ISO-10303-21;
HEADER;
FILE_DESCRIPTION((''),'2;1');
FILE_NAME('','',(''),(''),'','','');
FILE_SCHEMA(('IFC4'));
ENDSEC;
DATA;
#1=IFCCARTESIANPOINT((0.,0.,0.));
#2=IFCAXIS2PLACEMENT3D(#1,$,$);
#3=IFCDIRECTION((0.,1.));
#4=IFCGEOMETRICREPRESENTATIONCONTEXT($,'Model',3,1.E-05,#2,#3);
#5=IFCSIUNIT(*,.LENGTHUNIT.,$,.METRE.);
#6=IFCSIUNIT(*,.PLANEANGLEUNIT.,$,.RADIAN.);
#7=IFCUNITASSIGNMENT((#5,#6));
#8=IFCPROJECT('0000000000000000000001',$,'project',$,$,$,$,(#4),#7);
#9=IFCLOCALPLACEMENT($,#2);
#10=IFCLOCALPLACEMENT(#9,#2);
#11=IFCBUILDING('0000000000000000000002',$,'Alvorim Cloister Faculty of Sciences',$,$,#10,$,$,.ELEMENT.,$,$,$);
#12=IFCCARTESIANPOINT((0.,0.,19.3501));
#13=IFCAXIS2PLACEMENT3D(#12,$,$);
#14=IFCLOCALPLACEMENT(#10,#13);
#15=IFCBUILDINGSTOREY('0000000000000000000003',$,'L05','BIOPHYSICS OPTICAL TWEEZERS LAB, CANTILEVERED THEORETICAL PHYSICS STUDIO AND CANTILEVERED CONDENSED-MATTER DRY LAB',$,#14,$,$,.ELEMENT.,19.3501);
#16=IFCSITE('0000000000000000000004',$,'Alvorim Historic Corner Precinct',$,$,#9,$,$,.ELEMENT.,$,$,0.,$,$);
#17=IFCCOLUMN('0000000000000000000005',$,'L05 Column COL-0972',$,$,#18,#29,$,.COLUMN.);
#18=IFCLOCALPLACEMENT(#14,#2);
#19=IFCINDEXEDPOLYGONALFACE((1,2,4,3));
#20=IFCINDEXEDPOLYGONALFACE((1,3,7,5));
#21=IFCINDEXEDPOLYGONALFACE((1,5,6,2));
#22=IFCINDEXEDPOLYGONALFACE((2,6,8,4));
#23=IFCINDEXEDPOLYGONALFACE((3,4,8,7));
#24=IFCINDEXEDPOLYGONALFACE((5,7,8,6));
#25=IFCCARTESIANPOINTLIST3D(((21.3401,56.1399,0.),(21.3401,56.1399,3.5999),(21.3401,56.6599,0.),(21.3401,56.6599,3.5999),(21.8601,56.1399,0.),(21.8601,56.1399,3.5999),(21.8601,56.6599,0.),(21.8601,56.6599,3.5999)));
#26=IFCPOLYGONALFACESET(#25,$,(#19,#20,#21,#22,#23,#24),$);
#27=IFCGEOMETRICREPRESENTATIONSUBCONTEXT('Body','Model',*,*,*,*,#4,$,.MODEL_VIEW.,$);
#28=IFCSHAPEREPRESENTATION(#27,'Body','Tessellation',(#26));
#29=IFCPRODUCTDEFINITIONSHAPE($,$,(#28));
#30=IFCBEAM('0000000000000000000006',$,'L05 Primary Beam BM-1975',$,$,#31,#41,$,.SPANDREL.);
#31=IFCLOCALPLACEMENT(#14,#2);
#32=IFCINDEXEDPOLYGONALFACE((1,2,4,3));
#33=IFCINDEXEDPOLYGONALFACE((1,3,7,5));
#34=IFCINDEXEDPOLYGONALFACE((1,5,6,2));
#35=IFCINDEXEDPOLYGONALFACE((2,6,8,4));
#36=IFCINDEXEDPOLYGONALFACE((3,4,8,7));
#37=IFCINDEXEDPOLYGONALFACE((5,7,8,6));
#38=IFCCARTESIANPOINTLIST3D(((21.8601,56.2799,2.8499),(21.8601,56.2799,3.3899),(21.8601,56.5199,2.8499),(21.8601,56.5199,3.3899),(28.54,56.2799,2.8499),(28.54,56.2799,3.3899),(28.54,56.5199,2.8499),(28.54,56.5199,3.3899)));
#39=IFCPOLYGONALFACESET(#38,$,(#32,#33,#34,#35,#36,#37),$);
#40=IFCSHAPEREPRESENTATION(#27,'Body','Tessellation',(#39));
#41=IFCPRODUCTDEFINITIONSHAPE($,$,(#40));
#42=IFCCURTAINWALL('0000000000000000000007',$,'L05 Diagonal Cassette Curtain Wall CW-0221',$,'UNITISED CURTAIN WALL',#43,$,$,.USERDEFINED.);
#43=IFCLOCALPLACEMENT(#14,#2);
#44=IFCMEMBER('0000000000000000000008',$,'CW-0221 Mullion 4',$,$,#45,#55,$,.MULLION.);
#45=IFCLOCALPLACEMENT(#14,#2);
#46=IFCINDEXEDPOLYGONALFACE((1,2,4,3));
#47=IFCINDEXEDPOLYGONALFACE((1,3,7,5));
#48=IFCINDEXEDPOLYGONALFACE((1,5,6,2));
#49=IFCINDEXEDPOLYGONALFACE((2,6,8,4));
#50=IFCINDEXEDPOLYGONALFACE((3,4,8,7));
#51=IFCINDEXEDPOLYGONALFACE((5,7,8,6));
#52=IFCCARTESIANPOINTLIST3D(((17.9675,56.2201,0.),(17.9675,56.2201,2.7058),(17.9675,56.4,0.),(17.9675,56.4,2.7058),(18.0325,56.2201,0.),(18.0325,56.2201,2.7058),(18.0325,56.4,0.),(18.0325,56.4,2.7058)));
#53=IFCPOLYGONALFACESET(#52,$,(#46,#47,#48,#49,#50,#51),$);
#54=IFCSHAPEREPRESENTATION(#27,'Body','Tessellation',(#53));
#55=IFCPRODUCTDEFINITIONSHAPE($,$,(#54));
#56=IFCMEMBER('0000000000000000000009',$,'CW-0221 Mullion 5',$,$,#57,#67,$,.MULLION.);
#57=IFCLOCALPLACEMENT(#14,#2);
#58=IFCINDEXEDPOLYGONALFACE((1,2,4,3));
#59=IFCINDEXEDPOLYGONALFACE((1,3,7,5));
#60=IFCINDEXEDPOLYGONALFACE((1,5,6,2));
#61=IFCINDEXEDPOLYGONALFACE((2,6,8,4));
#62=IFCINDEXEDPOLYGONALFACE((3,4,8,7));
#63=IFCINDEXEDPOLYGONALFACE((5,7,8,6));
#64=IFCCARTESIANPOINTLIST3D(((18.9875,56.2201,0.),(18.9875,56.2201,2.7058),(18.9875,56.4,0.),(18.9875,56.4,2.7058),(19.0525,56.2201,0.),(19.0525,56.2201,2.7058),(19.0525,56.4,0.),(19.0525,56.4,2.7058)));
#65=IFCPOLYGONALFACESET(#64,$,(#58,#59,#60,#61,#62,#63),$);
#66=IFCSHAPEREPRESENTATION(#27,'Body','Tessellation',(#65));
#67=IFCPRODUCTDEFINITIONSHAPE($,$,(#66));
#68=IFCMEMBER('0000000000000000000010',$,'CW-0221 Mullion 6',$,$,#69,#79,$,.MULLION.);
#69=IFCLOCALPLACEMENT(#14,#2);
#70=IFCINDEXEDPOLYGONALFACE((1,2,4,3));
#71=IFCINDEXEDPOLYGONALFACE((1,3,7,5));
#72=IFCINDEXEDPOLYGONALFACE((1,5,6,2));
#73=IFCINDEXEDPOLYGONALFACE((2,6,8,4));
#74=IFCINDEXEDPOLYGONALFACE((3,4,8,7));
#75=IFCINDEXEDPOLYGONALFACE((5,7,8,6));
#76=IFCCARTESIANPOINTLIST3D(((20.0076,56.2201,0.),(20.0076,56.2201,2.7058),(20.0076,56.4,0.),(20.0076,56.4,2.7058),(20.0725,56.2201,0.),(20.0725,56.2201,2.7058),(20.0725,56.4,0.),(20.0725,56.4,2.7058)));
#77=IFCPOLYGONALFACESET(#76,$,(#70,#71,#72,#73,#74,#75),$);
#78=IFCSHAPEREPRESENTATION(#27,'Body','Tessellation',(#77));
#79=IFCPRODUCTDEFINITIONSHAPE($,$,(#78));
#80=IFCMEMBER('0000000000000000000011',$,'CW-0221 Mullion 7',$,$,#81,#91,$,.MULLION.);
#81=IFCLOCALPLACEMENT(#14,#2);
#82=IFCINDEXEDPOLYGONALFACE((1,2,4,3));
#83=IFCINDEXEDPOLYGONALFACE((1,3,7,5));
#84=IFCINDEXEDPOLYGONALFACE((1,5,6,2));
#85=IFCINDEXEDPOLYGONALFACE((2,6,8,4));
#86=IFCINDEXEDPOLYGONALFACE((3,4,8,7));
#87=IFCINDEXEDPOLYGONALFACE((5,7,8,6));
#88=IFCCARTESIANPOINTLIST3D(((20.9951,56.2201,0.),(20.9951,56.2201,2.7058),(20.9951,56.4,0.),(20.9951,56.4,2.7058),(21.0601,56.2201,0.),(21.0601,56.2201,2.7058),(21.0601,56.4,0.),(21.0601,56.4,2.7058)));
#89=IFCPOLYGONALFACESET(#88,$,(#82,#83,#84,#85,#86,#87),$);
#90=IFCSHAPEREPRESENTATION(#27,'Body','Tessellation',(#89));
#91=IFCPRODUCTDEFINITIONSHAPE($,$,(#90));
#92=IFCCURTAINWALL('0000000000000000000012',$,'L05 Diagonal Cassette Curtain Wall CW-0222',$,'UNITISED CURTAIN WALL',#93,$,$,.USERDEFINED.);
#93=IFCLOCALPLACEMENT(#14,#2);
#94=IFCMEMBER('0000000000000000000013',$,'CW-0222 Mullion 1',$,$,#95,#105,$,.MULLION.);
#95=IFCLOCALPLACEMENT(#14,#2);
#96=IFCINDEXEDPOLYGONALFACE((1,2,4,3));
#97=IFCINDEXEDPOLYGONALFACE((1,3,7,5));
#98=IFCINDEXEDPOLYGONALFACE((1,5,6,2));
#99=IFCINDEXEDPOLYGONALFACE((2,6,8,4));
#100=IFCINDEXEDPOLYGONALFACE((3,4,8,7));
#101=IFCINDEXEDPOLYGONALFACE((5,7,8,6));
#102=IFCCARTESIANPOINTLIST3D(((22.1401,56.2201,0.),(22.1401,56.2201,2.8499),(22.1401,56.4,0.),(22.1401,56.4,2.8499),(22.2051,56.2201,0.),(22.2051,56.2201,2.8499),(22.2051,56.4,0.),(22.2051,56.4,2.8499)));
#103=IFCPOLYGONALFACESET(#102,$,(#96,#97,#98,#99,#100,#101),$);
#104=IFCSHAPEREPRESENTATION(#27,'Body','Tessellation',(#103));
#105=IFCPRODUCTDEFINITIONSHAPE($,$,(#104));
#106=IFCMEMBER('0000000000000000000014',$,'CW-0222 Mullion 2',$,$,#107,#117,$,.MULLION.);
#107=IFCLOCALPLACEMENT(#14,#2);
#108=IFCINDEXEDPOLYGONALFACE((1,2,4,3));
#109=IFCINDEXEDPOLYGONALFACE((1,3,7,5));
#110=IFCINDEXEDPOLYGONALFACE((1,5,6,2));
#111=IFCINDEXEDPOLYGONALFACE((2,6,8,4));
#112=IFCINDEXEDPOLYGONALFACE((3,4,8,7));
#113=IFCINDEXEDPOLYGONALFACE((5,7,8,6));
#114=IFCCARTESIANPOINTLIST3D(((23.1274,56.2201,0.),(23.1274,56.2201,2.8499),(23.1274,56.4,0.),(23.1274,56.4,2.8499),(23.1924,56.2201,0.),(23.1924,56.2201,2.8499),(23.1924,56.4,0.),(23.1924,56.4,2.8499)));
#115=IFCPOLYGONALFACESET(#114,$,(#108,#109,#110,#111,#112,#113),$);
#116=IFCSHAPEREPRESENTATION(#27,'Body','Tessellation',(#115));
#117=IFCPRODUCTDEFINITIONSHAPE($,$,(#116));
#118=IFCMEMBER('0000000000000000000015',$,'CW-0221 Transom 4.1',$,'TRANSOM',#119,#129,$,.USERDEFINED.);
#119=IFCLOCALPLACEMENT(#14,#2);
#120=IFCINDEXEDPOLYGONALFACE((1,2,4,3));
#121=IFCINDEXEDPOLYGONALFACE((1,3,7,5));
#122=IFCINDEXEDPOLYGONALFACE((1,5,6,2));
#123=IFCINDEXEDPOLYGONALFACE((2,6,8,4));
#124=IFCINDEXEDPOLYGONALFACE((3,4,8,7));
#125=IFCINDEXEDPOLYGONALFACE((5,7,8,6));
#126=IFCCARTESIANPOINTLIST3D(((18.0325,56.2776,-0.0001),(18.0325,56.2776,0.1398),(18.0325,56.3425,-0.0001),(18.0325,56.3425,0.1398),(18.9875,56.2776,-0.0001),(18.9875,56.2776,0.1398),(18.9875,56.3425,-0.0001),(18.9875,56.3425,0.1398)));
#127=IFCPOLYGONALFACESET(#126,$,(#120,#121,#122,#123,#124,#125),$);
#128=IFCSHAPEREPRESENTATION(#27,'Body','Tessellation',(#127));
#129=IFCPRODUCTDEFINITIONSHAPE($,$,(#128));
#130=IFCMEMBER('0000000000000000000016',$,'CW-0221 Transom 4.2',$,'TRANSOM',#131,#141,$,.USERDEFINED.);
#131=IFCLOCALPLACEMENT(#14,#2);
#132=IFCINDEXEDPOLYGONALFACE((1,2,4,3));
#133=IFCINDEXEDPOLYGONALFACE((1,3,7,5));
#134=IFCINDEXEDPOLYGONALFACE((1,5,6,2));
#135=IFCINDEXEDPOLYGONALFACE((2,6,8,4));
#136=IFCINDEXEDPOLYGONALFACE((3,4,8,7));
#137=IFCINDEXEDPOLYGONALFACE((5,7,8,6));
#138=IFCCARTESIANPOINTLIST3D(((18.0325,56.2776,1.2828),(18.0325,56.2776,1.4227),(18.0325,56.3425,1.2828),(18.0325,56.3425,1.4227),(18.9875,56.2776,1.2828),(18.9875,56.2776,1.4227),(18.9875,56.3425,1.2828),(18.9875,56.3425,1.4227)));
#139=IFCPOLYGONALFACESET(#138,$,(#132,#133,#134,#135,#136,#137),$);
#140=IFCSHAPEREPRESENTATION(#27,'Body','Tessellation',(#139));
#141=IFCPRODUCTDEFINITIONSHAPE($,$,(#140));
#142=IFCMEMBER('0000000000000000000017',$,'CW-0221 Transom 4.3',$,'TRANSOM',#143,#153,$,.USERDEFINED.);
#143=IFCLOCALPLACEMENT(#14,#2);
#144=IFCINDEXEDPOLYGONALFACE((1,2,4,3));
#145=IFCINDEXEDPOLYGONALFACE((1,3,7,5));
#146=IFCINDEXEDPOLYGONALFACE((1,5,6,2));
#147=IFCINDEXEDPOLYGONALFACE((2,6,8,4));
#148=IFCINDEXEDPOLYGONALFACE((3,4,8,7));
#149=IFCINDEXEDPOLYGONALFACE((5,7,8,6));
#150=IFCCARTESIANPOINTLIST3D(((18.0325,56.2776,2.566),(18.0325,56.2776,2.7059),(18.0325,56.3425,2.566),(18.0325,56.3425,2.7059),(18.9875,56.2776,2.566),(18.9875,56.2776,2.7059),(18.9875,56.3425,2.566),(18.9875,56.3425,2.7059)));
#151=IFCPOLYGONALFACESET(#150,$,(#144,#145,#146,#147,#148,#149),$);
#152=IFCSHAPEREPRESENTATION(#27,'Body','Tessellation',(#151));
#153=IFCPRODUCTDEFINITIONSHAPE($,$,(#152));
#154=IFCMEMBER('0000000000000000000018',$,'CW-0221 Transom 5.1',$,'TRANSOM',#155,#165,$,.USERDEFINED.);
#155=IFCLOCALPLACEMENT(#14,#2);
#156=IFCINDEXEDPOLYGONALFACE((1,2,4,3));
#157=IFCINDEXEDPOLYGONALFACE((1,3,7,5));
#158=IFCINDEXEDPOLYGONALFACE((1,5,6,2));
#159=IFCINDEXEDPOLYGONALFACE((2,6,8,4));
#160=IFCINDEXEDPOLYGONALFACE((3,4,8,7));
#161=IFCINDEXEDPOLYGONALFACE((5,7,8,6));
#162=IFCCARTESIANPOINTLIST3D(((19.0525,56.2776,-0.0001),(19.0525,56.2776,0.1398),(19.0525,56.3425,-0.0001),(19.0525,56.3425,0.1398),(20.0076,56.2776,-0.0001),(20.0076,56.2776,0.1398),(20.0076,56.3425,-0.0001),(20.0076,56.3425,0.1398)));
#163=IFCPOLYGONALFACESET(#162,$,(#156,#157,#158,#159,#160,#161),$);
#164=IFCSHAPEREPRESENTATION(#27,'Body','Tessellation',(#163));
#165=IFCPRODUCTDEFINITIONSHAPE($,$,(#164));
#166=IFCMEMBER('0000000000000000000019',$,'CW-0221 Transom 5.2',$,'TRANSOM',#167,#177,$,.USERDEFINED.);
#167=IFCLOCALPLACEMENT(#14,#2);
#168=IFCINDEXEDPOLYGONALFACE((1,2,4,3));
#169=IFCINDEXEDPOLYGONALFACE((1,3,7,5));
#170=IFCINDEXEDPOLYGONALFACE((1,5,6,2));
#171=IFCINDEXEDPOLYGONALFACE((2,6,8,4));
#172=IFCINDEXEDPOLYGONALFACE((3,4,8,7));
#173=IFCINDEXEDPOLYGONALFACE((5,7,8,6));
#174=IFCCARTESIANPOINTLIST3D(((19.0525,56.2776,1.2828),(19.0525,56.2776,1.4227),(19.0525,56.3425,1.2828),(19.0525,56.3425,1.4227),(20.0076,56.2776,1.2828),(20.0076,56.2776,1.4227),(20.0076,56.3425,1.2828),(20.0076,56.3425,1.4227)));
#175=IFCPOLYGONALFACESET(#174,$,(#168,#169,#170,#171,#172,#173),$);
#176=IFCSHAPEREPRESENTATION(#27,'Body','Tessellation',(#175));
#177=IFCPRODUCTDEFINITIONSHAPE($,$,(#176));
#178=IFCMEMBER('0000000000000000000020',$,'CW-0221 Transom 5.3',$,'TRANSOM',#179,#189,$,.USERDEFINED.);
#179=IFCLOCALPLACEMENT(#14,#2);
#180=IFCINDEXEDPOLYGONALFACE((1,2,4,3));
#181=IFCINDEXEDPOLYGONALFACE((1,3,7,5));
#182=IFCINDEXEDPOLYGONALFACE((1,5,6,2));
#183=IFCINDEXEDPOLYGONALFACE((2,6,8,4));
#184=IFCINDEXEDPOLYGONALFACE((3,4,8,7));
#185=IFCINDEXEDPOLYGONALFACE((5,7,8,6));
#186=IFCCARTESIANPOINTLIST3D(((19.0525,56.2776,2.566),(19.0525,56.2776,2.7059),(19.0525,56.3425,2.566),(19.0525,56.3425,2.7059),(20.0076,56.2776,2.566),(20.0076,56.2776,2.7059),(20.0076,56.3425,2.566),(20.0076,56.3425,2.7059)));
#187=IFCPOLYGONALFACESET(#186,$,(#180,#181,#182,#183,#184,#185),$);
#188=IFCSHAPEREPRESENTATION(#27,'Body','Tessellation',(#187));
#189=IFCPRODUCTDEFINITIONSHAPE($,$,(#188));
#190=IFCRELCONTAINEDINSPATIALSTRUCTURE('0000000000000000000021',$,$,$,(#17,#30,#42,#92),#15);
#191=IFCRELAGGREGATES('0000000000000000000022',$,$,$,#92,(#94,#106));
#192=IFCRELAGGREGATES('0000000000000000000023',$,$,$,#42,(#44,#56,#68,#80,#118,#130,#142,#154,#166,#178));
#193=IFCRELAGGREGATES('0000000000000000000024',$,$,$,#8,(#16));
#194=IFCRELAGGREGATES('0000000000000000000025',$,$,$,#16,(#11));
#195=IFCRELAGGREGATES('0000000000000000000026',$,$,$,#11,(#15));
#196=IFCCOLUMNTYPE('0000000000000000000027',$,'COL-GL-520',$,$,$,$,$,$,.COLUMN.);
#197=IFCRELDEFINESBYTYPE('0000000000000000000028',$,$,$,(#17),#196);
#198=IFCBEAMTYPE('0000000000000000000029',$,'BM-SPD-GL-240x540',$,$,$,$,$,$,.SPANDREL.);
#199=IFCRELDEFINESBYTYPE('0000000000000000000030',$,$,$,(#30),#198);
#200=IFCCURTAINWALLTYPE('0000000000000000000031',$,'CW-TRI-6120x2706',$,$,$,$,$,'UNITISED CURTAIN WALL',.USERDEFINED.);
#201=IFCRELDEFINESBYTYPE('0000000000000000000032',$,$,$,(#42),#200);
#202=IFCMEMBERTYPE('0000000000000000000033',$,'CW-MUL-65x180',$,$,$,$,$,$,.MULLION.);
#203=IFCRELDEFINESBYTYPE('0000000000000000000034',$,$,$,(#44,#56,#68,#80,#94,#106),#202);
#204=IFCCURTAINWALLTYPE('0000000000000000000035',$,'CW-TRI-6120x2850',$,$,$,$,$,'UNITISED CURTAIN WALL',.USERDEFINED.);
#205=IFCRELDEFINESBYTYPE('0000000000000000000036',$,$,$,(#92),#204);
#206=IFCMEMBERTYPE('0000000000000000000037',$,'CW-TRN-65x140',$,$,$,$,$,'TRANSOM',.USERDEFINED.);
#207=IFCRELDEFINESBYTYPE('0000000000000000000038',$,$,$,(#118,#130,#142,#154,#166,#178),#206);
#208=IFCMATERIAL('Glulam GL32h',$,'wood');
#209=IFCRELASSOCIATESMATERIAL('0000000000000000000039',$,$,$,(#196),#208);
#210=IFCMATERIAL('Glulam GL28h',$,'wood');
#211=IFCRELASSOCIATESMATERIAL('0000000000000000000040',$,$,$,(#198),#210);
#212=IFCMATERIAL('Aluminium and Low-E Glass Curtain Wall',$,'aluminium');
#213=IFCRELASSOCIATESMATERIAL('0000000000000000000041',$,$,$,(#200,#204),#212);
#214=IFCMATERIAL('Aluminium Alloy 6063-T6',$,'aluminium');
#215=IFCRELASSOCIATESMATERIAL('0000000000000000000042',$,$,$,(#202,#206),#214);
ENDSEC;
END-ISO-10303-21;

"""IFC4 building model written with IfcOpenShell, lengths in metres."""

from ifc_helpers import new_model, si_unit, direction, frame, origin, origin_2d, place, context, subcontext, project, spatial, rectangle, extrude, material, material_profile, profile_set, type_object, element, aggregate, save


model = new_model("IFC4")

# Units and contexts
model_context = context("Model", 3, precision=1e-05, world=origin(), true_north=direction((0.0, 1.0)))
body_context = subcontext(model_context, "Body", "Model", "MODEL_VIEW")
ifc_project = project(units=[si_unit("LENGTHUNIT", "METRE"), si_unit("PLANEANGLEUNIT", "RADIAN")], contexts=[model_context])

# Site, building, storey
site_placement = place(None, origin())
site = spatial("IfcSite", under=ifc_project, at=site_placement, Name="Alvorim Historic Corner Precinct", CompositionType="ELEMENT", RefElevation=0.0)
building_placement = place(site_placement, origin())
building = spatial("IfcBuilding", under=site, at=building_placement, Name="Alvorim Cloister Faculty of Sciences", CompositionType="ELEMENT")
storey_placement = place(building_placement, frame((0.0, 0.0, 19.3501)))
storey = spatial("IfcBuildingStorey", under=building, at=storey_placement, Name="L05", Description="BIOPHYSICS OPTICAL TWEEZERS LAB, CANTILEVERED THEORETICAL PHYSICS STUDIO AND CANTILEVERED CONDENSED-MATTER DRY LAB", CompositionType="ELEMENT", Elevation=19.3501)

# Column
ifc_material_1 = material(Name="Glulam GL32h", Category="wood")
ifc_material_profile_1 = material_profile(ifc_material_1, rectangle(XDim=0.52, YDim=0.52, at=origin_2d()), Name="GL32-COL-520x520")
ifc_profile_set_1 = profile_set([ifc_material_profile_1], Name="Glulam GL32h")
column_type = type_object("IfcColumnType", Name="COL-GL-520", PredefinedType="COLUMN", material=ifc_profile_set_1)
column_placement = place(storey_placement, frame((21.6001, 56.3999, 0.0), z_axis=(0.0, 0.0, 1.0), x_axis=(1.0, 0.0, 0.0)))
element("IfcColumn", 1, at=column_placement, inside=storey, type_object=column_type, Name="L05 Column COL-0972", PredefinedType="COLUMN", context=body_context, shape_type="SweptSolid", body=[
    extrude(rectangle(XDim=0.52, YDim=0.52, at=origin_2d()), origin(), (0.0, 0.0, 1.0), 3.5999),
])

# Beam
ifc_material_2 = material(Name="Glulam GL28h", Category="wood")
ifc_material_profile_2 = material_profile(ifc_material_2, rectangle(XDim=0.24, YDim=0.54, at=origin_2d()), Name="GL28-SPD-240x540")
ifc_profile_set_2 = profile_set([ifc_material_profile_2], Name="Glulam GL28h")
beam_type = type_object("IfcBeamType", Name="BM-SPD-GL-240x540", PredefinedType="SPANDREL", material=ifc_profile_set_2)
beam_placement = place(storey_placement, frame((21.8601, 56.3999, 3.1199), z_axis=(1.0, 0.0, 0.0), x_axis=(0.0, 1.0, 0.0)))
element("IfcBeam", 2, at=beam_placement, inside=storey, type_object=beam_type, Name="L05 Primary Beam BM-1975", PredefinedType="SPANDREL", context=body_context, shape_type="SweptSolid", body=[
    extrude(rectangle(XDim=0.24, YDim=0.54, at=origin_2d()), origin(), (0.0, 0.0, 1.0), 6.6799),
])

# Curtain walls, members
ifc_material_3 = material(Name="Aluminium and Low-E Glass Curtain Wall", Category="aluminium")
curtain_wall_type_1 = type_object("IfcCurtainWallType", Name="CW-TRI-6120x2706", ElementType="UNITISED CURTAIN WALL", PredefinedType="USERDEFINED", material=ifc_material_3)
curtain_wall_1_placement = place(storey_placement, origin())
curtain_wall_1 = element("IfcCurtainWall", 3, at=curtain_wall_1_placement, inside=storey, type_object=curtain_wall_type_1, Name="L05 Diagonal Cassette Curtain Wall CW-0221", ObjectType="UNITISED CURTAIN WALL", PredefinedType="USERDEFINED")
ifc_material_4 = material(Name="Aluminium Alloy 6063-T6", Category="aluminium")
ifc_material_profile_3 = material_profile(ifc_material_4, rectangle(XDim=0.0649, YDim=0.1799, at=origin_2d()), Name="ALU-MUL-65x180")
ifc_profile_set_3 = profile_set([ifc_material_profile_3], Name="Aluminium Alloy 6063-T6")
member_type_1 = type_object("IfcMemberType", Name="CW-MUL-65x180", PredefinedType="MULLION", material=ifc_profile_set_3)
member_1_placement = place(storey_placement, frame((18.0, 56.3101, 0.0), z_axis=(0.0, 0.0, 1.0), x_axis=(1.0, 0.0, 0.0)))
member_1 = element("IfcMember", 4, at=member_1_placement, type_object=member_type_1, Name="CW-0221 Mullion 4", PredefinedType="MULLION", context=body_context, shape_type="SweptSolid", body=[
    extrude(rectangle(XDim=0.0649, YDim=0.1799, at=origin_2d()), origin(), (0.0, 0.0, 1.0), 2.7058),
])
member_2_placement = place(storey_placement, frame((19.02, 56.3101, 0.0), z_axis=(0.0, 0.0, 1.0), x_axis=(1.0, 0.0, 0.0)))
member_2 = element("IfcMember", 5, at=member_2_placement, type_object=member_type_1, Name="CW-0221 Mullion 5", PredefinedType="MULLION", context=body_context, shape_type="SweptSolid", body=[
    extrude(rectangle(XDim=0.0649, YDim=0.1799, at=origin_2d()), origin(), (0.0, 0.0, 1.0), 2.7058),
])
member_3_placement = place(storey_placement, frame((20.04, 56.3101, 0.0), z_axis=(0.0, 0.0, 1.0), x_axis=(1.0, 0.0, 0.0)))
member_3 = element("IfcMember", 6, at=member_3_placement, type_object=member_type_1, Name="CW-0221 Mullion 6", PredefinedType="MULLION", context=body_context, shape_type="SweptSolid", body=[
    extrude(rectangle(XDim=0.0649, YDim=0.1799, at=origin_2d()), origin(), (0.0, 0.0, 1.0), 2.7058),
])
member_4_placement = place(storey_placement, frame((21.0276, 56.3101, 0.0), z_axis=(0.0, 0.0, 1.0), x_axis=(1.0, 0.0, 0.0)))
member_4 = element("IfcMember", 7, at=member_4_placement, type_object=member_type_1, Name="CW-0221 Mullion 7", PredefinedType="MULLION", context=body_context, shape_type="SweptSolid", body=[
    extrude(rectangle(XDim=0.0649, YDim=0.1799, at=origin_2d()), origin(), (0.0, 0.0, 1.0), 2.7058),
])
curtain_wall_type_2 = type_object("IfcCurtainWallType", Name="CW-TRI-6120x2850", ElementType="UNITISED CURTAIN WALL", PredefinedType="USERDEFINED", material=ifc_material_3)
curtain_wall_2_placement = place(storey_placement, origin())
curtain_wall_2 = element("IfcCurtainWall", 8, at=curtain_wall_2_placement, inside=storey, type_object=curtain_wall_type_2, Name="L05 Diagonal Cassette Curtain Wall CW-0222", ObjectType="UNITISED CURTAIN WALL", PredefinedType="USERDEFINED")
member_5_placement = place(storey_placement, frame((22.1726, 56.3101, 0.0), z_axis=(0.0, 0.0, 1.0), x_axis=(1.0, 0.0, 0.0)))
member_5 = element("IfcMember", 9, at=member_5_placement, type_object=member_type_1, Name="CW-0222 Mullion 1", PredefinedType="MULLION", context=body_context, shape_type="SweptSolid", body=[
    extrude(rectangle(XDim=0.0649, YDim=0.1799, at=origin_2d()), origin(), (0.0, 0.0, 1.0), 2.8499),
])
member_6_placement = place(storey_placement, frame((23.1599, 56.3101, 0.0), z_axis=(0.0, 0.0, 1.0), x_axis=(1.0, 0.0, 0.0)))
member_6 = element("IfcMember", 10, at=member_6_placement, type_object=member_type_1, Name="CW-0222 Mullion 2", PredefinedType="MULLION", context=body_context, shape_type="SweptSolid", body=[
    extrude(rectangle(XDim=0.0649, YDim=0.1799, at=origin_2d()), origin(), (0.0, 0.0, 1.0), 2.8499),
])

# Members
ifc_material_profile_4 = material_profile(ifc_material_4, rectangle(XDim=0.0649, YDim=0.1399, at=origin_2d()), Name="ALU-TRN-65x140")
ifc_profile_set_4 = profile_set([ifc_material_profile_4], Name="Aluminium Alloy 6063-T6")
member_type_2 = type_object("IfcMemberType", Name="CW-TRN-65x140", ElementType="TRANSOM", PredefinedType="USERDEFINED", material=ifc_profile_set_4)
member_7_placement = place(storey_placement, frame((18.0325, 56.3101, 0.0698), z_axis=(1.0, 0.0, 0.0), x_axis=(0.0, 1.0, 0.0)))
member_7 = element("IfcMember", 11, at=member_7_placement, type_object=member_type_2, Name="CW-0221 Transom 4.1", ObjectType="TRANSOM", PredefinedType="USERDEFINED", context=body_context, shape_type="SweptSolid", body=[
    extrude(rectangle(XDim=0.0649, YDim=0.1399, at=origin_2d()), origin(), (0.0, 0.0, 1.0), 0.9551),
])
member_8_placement = place(storey_placement, frame((18.0325, 56.3101, 1.3528), z_axis=(1.0, 0.0, 0.0), x_axis=(0.0, 1.0, 0.0)))
member_8 = element("IfcMember", 12, at=member_8_placement, type_object=member_type_2, Name="CW-0221 Transom 4.2", ObjectType="TRANSOM", PredefinedType="USERDEFINED", context=body_context, shape_type="SweptSolid", body=[
    extrude(rectangle(XDim=0.0649, YDim=0.1399, at=origin_2d()), origin(), (0.0, 0.0, 1.0), 0.9551),
])
member_9_placement = place(storey_placement, frame((18.0325, 56.3101, 2.636), z_axis=(1.0, 0.0, 0.0), x_axis=(0.0, 1.0, 0.0)))
member_9 = element("IfcMember", 13, at=member_9_placement, type_object=member_type_2, Name="CW-0221 Transom 4.3", ObjectType="TRANSOM", PredefinedType="USERDEFINED", context=body_context, shape_type="SweptSolid", body=[
    extrude(rectangle(XDim=0.0649, YDim=0.1399, at=origin_2d()), origin(), (0.0, 0.0, 1.0), 0.9551),
])
member_10_placement = place(storey_placement, frame((19.0525, 56.3101, 0.0698), z_axis=(1.0, 0.0, 0.0), x_axis=(0.0, 1.0, 0.0)))
member_10 = element("IfcMember", 14, at=member_10_placement, type_object=member_type_2, Name="CW-0221 Transom 5.1", ObjectType="TRANSOM", PredefinedType="USERDEFINED", context=body_context, shape_type="SweptSolid", body=[
    extrude(rectangle(XDim=0.0649, YDim=0.1399, at=origin_2d()), origin(), (0.0, 0.0, 1.0), 0.9551),
])
member_11_placement = place(storey_placement, frame((19.0525, 56.3101, 1.3528), z_axis=(1.0, 0.0, 0.0), x_axis=(0.0, 1.0, 0.0)))
member_11 = element("IfcMember", 15, at=member_11_placement, type_object=member_type_2, Name="CW-0221 Transom 5.2", ObjectType="TRANSOM", PredefinedType="USERDEFINED", context=body_context, shape_type="SweptSolid", body=[
    extrude(rectangle(XDim=0.0649, YDim=0.1399, at=origin_2d()), origin(), (0.0, 0.0, 1.0), 0.9551),
])
member_12_placement = place(storey_placement, frame((19.0525, 56.3101, 2.636), z_axis=(1.0, 0.0, 0.0), x_axis=(0.0, 1.0, 0.0)))
member_12 = element("IfcMember", 16, at=member_12_placement, type_object=member_type_2, Name="CW-0221 Transom 5.3", ObjectType="TRANSOM", PredefinedType="USERDEFINED", context=body_context, shape_type="SweptSolid", body=[
    extrude(rectangle(XDim=0.0649, YDim=0.1399, at=origin_2d()), origin(), (0.0, 0.0, 1.0), 0.9551),
])
aggregate(curtain_wall_2, [member_5, member_6])

aggregate(curtain_wall_1, [member_1, member_2, member_3, member_4, member_7, member_8, member_9, member_10, member_11, member_12])

save(model, "model.ifc")
